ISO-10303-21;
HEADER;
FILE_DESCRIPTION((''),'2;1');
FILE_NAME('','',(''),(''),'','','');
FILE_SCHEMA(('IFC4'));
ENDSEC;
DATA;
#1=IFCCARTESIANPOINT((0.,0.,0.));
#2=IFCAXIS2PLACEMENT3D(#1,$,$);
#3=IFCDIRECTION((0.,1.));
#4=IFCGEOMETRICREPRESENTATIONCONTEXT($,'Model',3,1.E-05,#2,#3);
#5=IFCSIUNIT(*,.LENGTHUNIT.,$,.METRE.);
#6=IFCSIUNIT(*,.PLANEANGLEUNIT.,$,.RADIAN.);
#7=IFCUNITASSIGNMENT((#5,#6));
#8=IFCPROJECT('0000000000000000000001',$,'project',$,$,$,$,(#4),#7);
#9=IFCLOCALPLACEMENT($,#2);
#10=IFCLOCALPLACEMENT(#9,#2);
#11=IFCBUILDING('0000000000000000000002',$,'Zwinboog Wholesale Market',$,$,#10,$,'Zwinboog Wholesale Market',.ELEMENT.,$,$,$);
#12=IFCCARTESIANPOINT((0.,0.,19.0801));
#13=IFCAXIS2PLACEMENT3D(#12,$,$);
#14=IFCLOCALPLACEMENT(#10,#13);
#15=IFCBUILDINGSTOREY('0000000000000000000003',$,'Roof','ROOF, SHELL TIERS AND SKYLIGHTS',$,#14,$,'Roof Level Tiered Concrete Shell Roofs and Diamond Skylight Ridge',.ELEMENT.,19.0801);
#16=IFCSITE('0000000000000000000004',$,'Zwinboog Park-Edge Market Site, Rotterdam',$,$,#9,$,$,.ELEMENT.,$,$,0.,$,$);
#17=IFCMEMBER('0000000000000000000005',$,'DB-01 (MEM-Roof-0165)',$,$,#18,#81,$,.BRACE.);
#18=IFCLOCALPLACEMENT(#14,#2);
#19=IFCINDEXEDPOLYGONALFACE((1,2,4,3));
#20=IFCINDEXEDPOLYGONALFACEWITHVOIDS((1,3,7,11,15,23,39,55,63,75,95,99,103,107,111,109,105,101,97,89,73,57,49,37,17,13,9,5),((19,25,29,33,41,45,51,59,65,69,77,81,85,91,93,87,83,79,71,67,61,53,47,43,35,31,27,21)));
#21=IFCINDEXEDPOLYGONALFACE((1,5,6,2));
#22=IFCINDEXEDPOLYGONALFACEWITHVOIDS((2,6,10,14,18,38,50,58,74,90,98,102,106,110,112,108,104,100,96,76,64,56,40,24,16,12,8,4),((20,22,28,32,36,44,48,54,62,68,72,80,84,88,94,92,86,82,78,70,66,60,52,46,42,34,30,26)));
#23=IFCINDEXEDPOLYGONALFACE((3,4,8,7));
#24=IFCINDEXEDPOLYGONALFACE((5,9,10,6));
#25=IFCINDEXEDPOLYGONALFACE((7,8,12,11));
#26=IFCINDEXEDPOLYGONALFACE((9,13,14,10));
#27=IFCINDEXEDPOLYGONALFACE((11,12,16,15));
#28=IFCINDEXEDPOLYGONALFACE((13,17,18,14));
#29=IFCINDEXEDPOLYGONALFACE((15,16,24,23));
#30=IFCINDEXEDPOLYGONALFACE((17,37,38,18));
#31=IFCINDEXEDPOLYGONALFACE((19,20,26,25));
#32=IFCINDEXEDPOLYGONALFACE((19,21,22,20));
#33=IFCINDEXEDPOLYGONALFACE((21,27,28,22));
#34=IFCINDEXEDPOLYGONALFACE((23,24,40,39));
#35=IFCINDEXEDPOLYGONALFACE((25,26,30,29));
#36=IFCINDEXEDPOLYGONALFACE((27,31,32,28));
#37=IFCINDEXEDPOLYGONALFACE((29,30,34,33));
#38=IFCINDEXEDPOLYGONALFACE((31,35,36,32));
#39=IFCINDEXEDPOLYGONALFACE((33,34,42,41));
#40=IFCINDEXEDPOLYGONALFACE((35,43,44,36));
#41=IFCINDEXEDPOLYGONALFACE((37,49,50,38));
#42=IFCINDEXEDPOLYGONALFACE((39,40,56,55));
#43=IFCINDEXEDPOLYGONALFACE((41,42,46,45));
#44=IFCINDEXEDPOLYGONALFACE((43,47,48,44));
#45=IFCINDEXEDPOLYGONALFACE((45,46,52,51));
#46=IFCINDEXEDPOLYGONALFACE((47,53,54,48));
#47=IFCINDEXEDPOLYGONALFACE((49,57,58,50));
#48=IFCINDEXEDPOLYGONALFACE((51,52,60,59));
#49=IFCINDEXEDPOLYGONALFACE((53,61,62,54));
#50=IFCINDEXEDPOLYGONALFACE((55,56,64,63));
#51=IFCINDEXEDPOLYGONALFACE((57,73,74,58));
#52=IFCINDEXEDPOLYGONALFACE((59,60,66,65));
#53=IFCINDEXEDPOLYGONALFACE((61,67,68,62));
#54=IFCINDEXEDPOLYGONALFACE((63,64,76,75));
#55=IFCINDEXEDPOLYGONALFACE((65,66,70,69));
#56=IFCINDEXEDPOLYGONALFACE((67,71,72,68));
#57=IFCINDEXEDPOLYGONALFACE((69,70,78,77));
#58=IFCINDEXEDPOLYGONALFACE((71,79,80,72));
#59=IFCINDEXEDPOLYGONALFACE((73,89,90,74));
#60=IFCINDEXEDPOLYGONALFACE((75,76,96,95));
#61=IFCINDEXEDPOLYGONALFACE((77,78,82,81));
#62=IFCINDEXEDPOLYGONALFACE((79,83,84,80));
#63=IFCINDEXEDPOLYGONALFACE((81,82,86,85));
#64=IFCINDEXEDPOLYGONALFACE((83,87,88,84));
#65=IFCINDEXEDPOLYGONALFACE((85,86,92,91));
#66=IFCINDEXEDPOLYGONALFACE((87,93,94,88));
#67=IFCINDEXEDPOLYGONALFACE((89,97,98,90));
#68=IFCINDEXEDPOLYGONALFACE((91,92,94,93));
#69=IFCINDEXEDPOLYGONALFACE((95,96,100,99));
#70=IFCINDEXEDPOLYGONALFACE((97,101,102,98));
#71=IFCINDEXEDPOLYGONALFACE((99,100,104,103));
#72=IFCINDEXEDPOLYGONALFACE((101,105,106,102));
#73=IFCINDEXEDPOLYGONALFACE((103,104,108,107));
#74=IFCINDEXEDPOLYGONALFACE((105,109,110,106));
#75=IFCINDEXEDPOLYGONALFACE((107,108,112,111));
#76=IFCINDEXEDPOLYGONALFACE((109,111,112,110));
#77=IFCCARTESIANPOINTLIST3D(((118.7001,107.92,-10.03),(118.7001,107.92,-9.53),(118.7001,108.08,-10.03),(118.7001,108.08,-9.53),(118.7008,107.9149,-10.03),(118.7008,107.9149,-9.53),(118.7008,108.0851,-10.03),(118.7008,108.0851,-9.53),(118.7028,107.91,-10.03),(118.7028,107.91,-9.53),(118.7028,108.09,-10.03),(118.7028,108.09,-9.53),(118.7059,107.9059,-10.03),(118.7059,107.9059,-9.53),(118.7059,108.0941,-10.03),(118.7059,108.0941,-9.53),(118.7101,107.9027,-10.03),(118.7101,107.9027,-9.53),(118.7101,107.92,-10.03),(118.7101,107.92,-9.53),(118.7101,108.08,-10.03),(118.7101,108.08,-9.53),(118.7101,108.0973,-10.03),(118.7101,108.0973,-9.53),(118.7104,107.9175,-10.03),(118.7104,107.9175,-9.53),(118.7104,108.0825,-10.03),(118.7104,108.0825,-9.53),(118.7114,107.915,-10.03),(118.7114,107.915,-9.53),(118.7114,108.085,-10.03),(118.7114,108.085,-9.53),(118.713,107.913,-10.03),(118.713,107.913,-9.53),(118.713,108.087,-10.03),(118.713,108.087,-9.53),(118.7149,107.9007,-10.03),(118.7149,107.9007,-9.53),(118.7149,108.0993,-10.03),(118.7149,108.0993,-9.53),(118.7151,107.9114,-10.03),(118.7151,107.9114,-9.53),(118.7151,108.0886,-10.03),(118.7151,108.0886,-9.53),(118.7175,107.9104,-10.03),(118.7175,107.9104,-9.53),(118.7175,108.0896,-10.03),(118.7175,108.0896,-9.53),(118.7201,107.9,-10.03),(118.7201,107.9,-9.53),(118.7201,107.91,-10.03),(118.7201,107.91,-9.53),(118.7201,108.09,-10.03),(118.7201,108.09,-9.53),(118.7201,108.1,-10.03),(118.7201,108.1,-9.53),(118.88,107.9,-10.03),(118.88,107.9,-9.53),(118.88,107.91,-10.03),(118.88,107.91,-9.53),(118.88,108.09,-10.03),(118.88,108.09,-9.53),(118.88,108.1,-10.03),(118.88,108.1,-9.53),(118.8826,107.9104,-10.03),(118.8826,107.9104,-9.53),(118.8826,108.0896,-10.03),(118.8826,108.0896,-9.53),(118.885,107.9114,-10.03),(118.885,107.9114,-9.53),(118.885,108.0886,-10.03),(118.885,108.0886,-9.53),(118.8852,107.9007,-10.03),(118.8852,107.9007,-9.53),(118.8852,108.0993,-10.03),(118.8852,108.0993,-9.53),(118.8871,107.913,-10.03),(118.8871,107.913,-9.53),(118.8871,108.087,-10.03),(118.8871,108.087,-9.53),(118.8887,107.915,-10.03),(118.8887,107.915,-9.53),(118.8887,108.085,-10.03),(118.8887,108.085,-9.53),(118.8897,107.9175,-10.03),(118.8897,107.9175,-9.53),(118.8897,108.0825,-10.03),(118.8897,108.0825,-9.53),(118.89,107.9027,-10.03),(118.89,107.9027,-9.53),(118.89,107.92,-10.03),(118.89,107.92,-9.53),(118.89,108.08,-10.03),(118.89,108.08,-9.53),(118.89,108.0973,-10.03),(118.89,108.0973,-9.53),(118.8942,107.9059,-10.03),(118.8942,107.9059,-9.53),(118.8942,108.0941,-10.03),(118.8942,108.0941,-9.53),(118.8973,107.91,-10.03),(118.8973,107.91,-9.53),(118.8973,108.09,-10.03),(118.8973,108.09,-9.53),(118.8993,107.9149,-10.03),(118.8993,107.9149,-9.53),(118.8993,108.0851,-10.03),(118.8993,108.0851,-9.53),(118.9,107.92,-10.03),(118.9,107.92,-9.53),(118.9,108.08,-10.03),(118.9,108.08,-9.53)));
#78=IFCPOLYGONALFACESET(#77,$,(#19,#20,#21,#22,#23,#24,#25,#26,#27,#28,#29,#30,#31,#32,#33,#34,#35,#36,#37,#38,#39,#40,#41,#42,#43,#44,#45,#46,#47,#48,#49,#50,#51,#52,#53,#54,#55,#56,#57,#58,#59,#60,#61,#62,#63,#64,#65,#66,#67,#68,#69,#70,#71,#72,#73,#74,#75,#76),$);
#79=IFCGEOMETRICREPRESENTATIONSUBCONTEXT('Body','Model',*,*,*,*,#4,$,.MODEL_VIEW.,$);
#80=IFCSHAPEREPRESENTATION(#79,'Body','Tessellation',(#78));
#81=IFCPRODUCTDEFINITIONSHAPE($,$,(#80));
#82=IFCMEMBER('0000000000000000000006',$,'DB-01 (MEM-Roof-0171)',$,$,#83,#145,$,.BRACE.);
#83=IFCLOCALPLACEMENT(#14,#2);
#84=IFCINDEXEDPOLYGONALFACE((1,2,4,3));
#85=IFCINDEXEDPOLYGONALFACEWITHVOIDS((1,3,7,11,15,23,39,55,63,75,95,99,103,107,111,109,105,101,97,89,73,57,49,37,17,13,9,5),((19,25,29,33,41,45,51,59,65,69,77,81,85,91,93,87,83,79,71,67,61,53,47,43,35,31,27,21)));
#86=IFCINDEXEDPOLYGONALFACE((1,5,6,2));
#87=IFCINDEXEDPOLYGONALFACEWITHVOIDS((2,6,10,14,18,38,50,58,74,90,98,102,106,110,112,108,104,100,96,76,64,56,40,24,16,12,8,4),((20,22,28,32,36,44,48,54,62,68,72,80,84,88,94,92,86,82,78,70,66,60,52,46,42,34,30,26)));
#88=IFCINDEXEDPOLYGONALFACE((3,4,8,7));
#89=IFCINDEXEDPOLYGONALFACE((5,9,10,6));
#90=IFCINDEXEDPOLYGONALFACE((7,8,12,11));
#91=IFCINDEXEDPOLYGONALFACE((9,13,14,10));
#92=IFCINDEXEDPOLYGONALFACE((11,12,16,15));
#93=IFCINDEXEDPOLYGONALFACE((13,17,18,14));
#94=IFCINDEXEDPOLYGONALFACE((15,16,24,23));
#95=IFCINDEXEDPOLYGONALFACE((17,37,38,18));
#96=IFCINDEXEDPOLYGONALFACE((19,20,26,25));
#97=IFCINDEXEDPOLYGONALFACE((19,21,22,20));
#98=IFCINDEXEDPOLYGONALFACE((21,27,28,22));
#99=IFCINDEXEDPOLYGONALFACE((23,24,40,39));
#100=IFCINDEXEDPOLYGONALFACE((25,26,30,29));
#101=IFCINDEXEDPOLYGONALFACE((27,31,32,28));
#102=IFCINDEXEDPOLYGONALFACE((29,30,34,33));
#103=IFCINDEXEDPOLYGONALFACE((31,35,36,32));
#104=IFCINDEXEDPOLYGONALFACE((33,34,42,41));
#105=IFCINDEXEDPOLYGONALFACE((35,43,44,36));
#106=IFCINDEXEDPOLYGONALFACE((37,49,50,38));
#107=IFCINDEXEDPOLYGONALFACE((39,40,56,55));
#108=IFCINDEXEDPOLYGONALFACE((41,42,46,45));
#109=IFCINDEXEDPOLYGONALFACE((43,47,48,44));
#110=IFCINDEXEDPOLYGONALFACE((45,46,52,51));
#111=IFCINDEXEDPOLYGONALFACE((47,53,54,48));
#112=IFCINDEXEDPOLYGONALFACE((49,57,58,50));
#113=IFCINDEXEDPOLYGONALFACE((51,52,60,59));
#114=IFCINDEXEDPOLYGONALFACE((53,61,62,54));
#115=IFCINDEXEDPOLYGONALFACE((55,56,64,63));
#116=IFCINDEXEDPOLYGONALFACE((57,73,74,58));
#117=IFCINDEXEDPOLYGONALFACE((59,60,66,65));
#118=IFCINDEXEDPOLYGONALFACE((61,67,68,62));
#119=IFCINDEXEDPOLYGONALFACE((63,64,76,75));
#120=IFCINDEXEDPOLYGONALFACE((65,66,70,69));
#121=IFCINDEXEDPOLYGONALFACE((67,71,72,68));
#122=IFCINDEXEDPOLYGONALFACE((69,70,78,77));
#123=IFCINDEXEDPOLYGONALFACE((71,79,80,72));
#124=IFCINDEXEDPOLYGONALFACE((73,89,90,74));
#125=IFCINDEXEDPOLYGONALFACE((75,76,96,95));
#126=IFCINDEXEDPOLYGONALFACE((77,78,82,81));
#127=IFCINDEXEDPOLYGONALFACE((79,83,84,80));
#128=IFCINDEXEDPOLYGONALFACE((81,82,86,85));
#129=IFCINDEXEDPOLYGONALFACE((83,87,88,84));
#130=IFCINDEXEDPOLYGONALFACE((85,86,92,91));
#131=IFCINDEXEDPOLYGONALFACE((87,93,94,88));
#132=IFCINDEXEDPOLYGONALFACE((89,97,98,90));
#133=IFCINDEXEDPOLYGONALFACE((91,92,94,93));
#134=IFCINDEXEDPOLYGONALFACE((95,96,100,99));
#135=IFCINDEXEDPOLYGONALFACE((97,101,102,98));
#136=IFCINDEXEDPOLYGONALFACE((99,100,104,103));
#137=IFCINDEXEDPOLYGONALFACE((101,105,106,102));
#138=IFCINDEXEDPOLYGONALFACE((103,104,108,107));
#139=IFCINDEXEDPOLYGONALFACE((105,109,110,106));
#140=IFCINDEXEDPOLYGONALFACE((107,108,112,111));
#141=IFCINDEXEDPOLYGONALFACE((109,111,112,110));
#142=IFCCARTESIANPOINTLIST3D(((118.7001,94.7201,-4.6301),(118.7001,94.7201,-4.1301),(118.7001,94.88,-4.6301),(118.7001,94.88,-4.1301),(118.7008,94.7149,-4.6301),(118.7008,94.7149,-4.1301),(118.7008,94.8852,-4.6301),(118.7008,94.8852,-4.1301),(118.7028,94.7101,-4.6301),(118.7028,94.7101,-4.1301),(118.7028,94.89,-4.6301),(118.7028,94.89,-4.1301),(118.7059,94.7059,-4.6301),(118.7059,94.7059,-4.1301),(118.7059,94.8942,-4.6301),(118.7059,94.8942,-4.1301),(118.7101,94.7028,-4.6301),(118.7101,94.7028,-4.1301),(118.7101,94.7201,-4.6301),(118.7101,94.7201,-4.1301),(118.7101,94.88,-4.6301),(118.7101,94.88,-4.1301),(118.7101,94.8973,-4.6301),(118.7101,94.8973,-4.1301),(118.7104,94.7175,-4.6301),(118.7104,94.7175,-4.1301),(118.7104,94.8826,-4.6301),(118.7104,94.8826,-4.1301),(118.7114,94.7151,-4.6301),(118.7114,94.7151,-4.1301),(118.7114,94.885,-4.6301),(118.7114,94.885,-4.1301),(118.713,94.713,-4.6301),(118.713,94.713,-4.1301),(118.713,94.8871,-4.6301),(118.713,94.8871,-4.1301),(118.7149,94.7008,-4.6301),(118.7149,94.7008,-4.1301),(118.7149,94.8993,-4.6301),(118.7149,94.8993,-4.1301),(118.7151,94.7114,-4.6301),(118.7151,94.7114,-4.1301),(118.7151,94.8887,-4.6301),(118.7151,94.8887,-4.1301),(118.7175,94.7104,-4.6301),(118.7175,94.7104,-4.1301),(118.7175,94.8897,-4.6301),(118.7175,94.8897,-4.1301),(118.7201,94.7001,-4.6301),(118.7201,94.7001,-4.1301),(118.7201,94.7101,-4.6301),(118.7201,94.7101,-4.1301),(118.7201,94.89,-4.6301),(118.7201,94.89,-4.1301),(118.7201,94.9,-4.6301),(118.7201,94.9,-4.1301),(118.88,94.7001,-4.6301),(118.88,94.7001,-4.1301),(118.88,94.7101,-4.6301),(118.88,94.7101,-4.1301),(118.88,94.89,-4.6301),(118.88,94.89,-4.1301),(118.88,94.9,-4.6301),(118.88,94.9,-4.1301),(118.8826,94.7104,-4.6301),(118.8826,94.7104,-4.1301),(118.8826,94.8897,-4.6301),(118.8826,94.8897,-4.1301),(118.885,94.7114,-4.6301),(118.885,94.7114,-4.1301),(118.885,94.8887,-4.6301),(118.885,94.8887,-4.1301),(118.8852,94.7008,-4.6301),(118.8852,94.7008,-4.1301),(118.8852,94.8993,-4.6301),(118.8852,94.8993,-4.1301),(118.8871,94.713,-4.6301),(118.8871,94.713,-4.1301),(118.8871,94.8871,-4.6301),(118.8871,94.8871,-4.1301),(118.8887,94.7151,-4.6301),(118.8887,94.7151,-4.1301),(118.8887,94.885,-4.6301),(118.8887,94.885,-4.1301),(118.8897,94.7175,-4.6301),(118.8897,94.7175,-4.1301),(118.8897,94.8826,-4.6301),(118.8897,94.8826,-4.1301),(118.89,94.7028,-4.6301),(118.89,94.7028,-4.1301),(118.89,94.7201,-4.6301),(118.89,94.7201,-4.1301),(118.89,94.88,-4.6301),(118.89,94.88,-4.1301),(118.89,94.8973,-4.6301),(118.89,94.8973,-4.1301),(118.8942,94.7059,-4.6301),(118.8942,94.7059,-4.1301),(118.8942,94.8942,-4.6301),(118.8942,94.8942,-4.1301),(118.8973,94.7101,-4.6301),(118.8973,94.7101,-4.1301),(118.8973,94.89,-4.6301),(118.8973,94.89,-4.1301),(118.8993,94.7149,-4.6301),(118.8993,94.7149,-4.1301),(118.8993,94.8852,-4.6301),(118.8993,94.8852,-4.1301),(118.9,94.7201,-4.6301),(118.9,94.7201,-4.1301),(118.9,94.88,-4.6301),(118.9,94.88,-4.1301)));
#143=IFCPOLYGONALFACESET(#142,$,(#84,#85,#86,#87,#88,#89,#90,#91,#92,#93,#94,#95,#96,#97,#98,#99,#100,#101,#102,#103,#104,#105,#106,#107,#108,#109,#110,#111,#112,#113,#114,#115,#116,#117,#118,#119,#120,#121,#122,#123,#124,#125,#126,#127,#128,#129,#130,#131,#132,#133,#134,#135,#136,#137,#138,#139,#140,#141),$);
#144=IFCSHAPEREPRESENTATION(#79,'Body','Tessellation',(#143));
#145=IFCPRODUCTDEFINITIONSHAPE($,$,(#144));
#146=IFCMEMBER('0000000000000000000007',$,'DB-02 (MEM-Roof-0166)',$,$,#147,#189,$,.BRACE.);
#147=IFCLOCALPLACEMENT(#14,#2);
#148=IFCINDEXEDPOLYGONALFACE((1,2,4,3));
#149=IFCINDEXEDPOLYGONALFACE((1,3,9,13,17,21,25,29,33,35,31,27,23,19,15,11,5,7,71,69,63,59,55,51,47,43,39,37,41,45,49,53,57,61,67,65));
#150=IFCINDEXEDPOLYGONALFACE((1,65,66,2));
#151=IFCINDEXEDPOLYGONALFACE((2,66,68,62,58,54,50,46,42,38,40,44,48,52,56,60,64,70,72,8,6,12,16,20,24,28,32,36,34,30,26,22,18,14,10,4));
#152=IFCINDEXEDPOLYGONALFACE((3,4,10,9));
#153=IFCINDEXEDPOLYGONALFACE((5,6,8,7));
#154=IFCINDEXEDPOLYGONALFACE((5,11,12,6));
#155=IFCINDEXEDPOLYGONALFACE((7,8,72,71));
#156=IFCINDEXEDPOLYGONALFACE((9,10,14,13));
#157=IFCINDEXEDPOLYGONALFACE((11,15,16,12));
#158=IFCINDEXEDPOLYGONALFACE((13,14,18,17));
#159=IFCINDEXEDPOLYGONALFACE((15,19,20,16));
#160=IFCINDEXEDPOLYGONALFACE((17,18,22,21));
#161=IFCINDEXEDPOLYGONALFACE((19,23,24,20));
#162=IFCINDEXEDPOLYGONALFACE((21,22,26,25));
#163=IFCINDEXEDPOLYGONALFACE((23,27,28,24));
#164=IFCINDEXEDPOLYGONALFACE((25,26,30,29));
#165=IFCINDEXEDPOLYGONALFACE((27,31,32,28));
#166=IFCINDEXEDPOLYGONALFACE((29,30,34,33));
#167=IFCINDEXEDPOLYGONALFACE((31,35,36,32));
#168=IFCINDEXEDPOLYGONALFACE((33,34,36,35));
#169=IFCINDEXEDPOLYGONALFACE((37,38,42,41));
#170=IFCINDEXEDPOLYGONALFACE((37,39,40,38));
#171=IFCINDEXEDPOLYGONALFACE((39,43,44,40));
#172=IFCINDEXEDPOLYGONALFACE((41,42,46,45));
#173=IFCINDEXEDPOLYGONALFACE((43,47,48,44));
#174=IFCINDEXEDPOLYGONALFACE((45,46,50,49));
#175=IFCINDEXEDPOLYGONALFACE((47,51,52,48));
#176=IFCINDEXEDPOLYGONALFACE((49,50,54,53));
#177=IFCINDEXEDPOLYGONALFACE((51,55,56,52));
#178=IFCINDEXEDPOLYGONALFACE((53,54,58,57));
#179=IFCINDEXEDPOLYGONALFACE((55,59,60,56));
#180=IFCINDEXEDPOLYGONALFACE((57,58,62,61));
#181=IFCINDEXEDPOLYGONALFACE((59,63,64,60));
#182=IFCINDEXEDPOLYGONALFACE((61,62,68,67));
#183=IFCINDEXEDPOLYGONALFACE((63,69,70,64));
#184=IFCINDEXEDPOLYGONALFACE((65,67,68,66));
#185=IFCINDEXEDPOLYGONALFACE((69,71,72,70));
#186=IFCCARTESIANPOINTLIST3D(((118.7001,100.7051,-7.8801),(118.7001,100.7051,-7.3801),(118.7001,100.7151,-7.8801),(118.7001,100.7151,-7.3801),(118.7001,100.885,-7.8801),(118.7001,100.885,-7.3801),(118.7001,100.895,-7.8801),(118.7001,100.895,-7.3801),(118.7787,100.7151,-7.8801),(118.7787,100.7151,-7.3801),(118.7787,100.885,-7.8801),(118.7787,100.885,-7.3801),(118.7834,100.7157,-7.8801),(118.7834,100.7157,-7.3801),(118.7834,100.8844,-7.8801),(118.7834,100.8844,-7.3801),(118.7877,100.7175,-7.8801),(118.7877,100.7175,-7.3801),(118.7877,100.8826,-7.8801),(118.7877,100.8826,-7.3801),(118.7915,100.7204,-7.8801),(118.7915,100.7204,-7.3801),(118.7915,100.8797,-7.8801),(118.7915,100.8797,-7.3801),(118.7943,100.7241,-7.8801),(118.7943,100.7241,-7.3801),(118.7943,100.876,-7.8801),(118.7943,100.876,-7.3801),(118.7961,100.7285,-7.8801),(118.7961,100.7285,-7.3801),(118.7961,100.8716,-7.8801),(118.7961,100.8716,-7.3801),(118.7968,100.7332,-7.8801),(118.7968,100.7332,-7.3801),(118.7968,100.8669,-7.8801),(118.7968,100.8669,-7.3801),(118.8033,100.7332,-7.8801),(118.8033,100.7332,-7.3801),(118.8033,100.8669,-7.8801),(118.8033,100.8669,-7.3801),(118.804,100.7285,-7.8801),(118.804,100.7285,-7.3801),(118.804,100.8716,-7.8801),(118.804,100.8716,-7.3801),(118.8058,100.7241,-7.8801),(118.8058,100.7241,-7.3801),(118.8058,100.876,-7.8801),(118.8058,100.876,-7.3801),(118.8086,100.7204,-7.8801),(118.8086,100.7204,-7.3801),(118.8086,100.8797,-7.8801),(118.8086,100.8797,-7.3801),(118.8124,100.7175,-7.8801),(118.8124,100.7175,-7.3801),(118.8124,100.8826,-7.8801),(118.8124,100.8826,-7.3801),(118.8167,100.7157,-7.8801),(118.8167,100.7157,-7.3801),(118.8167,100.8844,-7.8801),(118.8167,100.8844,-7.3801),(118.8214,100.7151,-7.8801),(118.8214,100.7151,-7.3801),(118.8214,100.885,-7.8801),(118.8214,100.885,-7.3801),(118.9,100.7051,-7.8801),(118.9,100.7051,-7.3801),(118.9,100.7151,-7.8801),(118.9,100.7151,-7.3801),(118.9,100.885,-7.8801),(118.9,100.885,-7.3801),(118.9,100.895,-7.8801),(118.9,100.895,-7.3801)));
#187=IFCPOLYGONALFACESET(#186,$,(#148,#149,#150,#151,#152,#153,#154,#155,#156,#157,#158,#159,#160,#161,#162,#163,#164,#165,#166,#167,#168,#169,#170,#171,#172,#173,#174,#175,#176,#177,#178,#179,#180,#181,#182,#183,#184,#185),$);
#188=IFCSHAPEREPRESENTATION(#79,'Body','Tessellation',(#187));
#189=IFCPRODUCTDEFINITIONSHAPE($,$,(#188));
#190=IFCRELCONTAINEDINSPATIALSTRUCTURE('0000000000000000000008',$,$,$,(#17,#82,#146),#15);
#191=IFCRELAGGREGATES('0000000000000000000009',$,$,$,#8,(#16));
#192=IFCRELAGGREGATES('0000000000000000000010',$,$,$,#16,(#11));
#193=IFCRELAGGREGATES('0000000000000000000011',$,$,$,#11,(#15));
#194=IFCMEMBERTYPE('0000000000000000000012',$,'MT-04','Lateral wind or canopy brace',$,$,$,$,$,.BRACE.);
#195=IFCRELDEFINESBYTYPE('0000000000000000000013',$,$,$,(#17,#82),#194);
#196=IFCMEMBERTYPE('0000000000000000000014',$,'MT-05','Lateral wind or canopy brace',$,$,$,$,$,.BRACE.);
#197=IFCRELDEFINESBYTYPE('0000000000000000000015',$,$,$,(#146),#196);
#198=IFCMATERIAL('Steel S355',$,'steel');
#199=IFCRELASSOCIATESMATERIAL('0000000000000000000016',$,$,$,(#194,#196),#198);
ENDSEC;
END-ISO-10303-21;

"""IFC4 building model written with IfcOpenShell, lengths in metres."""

from ifc_helpers import new_model, si_unit, direction, frame, origin, origin_2d, place, context, subcontext, project, spatial, hollow_rectangle, i_section, extrude, material, material_profile, profile_set, type_object, element, save


model = new_model("IFC4")

# Units and contexts
model_context = context("Model", 3, precision=1e-05, world=origin(), true_north=direction((0.0, 1.0)))
body_context = subcontext(model_context, "Body", "Model", "MODEL_VIEW")
ifc_project = project(units=[si_unit("LENGTHUNIT", "METRE"), si_unit("PLANEANGLEUNIT", "RADIAN")], contexts=[model_context])

# Site, building, storey
site_placement = place(None, origin())
site = spatial("IfcSite", under=ifc_project, at=site_placement, Name="Zwinboog Park-Edge Market Site, Rotterdam", CompositionType="ELEMENT", RefElevation=0.0)
building_placement = place(site_placement, origin())
building = spatial("IfcBuilding", under=site, at=building_placement, Name="Zwinboog Wholesale Market", LongName="Zwinboog Wholesale Market", CompositionType="ELEMENT")
storey_placement = place(building_placement, frame((0.0, 0.0, 19.0801)))
storey = spatial("IfcBuildingStorey", under=building, at=storey_placement, Name="Roof", Description="ROOF, SHELL TIERS AND SKYLIGHTS", LongName="Roof Level Tiered Concrete Shell Roofs and Diamond Skylight Ridge", CompositionType="ELEMENT", Elevation=19.0801)

# Members
ifc_material_1 = material(Name="Steel S355", Category="steel")
ifc_material_profile_1 = material_profile(ifc_material_1, hollow_rectangle(XDim=0.2, YDim=0.2, WallThickness=0.01, InnerFilletRadius=0.01, OuterFilletRadius=0.02, at=origin_2d()), Name="SHS 200x200x10")
ifc_profile_set_1 = profile_set([ifc_material_profile_1], Name="Steel S355")
member_type_1 = type_object("IfcMemberType", Name="MT-04", Description="Lateral wind or canopy brace", PredefinedType="BRACE", material=ifc_profile_set_1)
for number, where, z_axis, x_axis, name in (
    (1, (118.8, 108.0, -10.03), (0.0, 0.0, 1.0), (1.0, 0.0, 0.0), "DB-01 (MEM-Roof-0165)"),
    (2, (118.8, 94.8, -4.6301), (0.0, 0.0, 1.0), (1.0, 0.0, 0.0), "DB-01 (MEM-Roof-0171)"),
):
    element("IfcMember", number, at=place(storey_placement, frame(where, z_axis=z_axis, x_axis=x_axis)), inside=storey, type_object=member_type_1, Name=name, PredefinedType="BRACE", context=body_context, shape_type="SweptSolid", body=[
        extrude(hollow_rectangle(XDim=0.2, YDim=0.2, WallThickness=0.01, InnerFilletRadius=0.01, OuterFilletRadius=0.02, at=origin_2d()), origin(), (0.0, 0.0, 1.0), 0.5),
    ])
ifc_material_profile_2 = material_profile(ifc_material_1, i_section(OverallWidth=0.2, OverallDepth=0.1899, WebThickness=0.0066, FlangeThickness=0.01, FilletRadius=0.0181, at=origin_2d()), Name="HEA 200")
ifc_profile_set_2 = profile_set([ifc_material_profile_2], Name="Steel S355")
member_type_2 = type_object("IfcMemberType", Name="MT-05", Description="Lateral wind or canopy brace", PredefinedType="BRACE", material=ifc_profile_set_2)
for number, where, z_axis, x_axis, name in (
    (3, (118.8, 100.8, -7.8801), (0.0, 0.0, 1.0), (1.0, 0.0, 0.0), "DB-02 (MEM-Roof-0166)"),
):
    element("IfcMember", number, at=place(storey_placement, frame(where, z_axis=z_axis, x_axis=x_axis)), inside=storey, type_object=member_type_2, Name=name, PredefinedType="BRACE", context=body_context, shape_type="SweptSolid", body=[
        extrude(i_section(OverallWidth=0.2, OverallDepth=0.1899, WebThickness=0.0066, FlangeThickness=0.01, FilletRadius=0.0181, at=origin_2d()), origin(), (0.0, 0.0, 1.0), 0.5),
    ])

save(model, "model.ifc")
